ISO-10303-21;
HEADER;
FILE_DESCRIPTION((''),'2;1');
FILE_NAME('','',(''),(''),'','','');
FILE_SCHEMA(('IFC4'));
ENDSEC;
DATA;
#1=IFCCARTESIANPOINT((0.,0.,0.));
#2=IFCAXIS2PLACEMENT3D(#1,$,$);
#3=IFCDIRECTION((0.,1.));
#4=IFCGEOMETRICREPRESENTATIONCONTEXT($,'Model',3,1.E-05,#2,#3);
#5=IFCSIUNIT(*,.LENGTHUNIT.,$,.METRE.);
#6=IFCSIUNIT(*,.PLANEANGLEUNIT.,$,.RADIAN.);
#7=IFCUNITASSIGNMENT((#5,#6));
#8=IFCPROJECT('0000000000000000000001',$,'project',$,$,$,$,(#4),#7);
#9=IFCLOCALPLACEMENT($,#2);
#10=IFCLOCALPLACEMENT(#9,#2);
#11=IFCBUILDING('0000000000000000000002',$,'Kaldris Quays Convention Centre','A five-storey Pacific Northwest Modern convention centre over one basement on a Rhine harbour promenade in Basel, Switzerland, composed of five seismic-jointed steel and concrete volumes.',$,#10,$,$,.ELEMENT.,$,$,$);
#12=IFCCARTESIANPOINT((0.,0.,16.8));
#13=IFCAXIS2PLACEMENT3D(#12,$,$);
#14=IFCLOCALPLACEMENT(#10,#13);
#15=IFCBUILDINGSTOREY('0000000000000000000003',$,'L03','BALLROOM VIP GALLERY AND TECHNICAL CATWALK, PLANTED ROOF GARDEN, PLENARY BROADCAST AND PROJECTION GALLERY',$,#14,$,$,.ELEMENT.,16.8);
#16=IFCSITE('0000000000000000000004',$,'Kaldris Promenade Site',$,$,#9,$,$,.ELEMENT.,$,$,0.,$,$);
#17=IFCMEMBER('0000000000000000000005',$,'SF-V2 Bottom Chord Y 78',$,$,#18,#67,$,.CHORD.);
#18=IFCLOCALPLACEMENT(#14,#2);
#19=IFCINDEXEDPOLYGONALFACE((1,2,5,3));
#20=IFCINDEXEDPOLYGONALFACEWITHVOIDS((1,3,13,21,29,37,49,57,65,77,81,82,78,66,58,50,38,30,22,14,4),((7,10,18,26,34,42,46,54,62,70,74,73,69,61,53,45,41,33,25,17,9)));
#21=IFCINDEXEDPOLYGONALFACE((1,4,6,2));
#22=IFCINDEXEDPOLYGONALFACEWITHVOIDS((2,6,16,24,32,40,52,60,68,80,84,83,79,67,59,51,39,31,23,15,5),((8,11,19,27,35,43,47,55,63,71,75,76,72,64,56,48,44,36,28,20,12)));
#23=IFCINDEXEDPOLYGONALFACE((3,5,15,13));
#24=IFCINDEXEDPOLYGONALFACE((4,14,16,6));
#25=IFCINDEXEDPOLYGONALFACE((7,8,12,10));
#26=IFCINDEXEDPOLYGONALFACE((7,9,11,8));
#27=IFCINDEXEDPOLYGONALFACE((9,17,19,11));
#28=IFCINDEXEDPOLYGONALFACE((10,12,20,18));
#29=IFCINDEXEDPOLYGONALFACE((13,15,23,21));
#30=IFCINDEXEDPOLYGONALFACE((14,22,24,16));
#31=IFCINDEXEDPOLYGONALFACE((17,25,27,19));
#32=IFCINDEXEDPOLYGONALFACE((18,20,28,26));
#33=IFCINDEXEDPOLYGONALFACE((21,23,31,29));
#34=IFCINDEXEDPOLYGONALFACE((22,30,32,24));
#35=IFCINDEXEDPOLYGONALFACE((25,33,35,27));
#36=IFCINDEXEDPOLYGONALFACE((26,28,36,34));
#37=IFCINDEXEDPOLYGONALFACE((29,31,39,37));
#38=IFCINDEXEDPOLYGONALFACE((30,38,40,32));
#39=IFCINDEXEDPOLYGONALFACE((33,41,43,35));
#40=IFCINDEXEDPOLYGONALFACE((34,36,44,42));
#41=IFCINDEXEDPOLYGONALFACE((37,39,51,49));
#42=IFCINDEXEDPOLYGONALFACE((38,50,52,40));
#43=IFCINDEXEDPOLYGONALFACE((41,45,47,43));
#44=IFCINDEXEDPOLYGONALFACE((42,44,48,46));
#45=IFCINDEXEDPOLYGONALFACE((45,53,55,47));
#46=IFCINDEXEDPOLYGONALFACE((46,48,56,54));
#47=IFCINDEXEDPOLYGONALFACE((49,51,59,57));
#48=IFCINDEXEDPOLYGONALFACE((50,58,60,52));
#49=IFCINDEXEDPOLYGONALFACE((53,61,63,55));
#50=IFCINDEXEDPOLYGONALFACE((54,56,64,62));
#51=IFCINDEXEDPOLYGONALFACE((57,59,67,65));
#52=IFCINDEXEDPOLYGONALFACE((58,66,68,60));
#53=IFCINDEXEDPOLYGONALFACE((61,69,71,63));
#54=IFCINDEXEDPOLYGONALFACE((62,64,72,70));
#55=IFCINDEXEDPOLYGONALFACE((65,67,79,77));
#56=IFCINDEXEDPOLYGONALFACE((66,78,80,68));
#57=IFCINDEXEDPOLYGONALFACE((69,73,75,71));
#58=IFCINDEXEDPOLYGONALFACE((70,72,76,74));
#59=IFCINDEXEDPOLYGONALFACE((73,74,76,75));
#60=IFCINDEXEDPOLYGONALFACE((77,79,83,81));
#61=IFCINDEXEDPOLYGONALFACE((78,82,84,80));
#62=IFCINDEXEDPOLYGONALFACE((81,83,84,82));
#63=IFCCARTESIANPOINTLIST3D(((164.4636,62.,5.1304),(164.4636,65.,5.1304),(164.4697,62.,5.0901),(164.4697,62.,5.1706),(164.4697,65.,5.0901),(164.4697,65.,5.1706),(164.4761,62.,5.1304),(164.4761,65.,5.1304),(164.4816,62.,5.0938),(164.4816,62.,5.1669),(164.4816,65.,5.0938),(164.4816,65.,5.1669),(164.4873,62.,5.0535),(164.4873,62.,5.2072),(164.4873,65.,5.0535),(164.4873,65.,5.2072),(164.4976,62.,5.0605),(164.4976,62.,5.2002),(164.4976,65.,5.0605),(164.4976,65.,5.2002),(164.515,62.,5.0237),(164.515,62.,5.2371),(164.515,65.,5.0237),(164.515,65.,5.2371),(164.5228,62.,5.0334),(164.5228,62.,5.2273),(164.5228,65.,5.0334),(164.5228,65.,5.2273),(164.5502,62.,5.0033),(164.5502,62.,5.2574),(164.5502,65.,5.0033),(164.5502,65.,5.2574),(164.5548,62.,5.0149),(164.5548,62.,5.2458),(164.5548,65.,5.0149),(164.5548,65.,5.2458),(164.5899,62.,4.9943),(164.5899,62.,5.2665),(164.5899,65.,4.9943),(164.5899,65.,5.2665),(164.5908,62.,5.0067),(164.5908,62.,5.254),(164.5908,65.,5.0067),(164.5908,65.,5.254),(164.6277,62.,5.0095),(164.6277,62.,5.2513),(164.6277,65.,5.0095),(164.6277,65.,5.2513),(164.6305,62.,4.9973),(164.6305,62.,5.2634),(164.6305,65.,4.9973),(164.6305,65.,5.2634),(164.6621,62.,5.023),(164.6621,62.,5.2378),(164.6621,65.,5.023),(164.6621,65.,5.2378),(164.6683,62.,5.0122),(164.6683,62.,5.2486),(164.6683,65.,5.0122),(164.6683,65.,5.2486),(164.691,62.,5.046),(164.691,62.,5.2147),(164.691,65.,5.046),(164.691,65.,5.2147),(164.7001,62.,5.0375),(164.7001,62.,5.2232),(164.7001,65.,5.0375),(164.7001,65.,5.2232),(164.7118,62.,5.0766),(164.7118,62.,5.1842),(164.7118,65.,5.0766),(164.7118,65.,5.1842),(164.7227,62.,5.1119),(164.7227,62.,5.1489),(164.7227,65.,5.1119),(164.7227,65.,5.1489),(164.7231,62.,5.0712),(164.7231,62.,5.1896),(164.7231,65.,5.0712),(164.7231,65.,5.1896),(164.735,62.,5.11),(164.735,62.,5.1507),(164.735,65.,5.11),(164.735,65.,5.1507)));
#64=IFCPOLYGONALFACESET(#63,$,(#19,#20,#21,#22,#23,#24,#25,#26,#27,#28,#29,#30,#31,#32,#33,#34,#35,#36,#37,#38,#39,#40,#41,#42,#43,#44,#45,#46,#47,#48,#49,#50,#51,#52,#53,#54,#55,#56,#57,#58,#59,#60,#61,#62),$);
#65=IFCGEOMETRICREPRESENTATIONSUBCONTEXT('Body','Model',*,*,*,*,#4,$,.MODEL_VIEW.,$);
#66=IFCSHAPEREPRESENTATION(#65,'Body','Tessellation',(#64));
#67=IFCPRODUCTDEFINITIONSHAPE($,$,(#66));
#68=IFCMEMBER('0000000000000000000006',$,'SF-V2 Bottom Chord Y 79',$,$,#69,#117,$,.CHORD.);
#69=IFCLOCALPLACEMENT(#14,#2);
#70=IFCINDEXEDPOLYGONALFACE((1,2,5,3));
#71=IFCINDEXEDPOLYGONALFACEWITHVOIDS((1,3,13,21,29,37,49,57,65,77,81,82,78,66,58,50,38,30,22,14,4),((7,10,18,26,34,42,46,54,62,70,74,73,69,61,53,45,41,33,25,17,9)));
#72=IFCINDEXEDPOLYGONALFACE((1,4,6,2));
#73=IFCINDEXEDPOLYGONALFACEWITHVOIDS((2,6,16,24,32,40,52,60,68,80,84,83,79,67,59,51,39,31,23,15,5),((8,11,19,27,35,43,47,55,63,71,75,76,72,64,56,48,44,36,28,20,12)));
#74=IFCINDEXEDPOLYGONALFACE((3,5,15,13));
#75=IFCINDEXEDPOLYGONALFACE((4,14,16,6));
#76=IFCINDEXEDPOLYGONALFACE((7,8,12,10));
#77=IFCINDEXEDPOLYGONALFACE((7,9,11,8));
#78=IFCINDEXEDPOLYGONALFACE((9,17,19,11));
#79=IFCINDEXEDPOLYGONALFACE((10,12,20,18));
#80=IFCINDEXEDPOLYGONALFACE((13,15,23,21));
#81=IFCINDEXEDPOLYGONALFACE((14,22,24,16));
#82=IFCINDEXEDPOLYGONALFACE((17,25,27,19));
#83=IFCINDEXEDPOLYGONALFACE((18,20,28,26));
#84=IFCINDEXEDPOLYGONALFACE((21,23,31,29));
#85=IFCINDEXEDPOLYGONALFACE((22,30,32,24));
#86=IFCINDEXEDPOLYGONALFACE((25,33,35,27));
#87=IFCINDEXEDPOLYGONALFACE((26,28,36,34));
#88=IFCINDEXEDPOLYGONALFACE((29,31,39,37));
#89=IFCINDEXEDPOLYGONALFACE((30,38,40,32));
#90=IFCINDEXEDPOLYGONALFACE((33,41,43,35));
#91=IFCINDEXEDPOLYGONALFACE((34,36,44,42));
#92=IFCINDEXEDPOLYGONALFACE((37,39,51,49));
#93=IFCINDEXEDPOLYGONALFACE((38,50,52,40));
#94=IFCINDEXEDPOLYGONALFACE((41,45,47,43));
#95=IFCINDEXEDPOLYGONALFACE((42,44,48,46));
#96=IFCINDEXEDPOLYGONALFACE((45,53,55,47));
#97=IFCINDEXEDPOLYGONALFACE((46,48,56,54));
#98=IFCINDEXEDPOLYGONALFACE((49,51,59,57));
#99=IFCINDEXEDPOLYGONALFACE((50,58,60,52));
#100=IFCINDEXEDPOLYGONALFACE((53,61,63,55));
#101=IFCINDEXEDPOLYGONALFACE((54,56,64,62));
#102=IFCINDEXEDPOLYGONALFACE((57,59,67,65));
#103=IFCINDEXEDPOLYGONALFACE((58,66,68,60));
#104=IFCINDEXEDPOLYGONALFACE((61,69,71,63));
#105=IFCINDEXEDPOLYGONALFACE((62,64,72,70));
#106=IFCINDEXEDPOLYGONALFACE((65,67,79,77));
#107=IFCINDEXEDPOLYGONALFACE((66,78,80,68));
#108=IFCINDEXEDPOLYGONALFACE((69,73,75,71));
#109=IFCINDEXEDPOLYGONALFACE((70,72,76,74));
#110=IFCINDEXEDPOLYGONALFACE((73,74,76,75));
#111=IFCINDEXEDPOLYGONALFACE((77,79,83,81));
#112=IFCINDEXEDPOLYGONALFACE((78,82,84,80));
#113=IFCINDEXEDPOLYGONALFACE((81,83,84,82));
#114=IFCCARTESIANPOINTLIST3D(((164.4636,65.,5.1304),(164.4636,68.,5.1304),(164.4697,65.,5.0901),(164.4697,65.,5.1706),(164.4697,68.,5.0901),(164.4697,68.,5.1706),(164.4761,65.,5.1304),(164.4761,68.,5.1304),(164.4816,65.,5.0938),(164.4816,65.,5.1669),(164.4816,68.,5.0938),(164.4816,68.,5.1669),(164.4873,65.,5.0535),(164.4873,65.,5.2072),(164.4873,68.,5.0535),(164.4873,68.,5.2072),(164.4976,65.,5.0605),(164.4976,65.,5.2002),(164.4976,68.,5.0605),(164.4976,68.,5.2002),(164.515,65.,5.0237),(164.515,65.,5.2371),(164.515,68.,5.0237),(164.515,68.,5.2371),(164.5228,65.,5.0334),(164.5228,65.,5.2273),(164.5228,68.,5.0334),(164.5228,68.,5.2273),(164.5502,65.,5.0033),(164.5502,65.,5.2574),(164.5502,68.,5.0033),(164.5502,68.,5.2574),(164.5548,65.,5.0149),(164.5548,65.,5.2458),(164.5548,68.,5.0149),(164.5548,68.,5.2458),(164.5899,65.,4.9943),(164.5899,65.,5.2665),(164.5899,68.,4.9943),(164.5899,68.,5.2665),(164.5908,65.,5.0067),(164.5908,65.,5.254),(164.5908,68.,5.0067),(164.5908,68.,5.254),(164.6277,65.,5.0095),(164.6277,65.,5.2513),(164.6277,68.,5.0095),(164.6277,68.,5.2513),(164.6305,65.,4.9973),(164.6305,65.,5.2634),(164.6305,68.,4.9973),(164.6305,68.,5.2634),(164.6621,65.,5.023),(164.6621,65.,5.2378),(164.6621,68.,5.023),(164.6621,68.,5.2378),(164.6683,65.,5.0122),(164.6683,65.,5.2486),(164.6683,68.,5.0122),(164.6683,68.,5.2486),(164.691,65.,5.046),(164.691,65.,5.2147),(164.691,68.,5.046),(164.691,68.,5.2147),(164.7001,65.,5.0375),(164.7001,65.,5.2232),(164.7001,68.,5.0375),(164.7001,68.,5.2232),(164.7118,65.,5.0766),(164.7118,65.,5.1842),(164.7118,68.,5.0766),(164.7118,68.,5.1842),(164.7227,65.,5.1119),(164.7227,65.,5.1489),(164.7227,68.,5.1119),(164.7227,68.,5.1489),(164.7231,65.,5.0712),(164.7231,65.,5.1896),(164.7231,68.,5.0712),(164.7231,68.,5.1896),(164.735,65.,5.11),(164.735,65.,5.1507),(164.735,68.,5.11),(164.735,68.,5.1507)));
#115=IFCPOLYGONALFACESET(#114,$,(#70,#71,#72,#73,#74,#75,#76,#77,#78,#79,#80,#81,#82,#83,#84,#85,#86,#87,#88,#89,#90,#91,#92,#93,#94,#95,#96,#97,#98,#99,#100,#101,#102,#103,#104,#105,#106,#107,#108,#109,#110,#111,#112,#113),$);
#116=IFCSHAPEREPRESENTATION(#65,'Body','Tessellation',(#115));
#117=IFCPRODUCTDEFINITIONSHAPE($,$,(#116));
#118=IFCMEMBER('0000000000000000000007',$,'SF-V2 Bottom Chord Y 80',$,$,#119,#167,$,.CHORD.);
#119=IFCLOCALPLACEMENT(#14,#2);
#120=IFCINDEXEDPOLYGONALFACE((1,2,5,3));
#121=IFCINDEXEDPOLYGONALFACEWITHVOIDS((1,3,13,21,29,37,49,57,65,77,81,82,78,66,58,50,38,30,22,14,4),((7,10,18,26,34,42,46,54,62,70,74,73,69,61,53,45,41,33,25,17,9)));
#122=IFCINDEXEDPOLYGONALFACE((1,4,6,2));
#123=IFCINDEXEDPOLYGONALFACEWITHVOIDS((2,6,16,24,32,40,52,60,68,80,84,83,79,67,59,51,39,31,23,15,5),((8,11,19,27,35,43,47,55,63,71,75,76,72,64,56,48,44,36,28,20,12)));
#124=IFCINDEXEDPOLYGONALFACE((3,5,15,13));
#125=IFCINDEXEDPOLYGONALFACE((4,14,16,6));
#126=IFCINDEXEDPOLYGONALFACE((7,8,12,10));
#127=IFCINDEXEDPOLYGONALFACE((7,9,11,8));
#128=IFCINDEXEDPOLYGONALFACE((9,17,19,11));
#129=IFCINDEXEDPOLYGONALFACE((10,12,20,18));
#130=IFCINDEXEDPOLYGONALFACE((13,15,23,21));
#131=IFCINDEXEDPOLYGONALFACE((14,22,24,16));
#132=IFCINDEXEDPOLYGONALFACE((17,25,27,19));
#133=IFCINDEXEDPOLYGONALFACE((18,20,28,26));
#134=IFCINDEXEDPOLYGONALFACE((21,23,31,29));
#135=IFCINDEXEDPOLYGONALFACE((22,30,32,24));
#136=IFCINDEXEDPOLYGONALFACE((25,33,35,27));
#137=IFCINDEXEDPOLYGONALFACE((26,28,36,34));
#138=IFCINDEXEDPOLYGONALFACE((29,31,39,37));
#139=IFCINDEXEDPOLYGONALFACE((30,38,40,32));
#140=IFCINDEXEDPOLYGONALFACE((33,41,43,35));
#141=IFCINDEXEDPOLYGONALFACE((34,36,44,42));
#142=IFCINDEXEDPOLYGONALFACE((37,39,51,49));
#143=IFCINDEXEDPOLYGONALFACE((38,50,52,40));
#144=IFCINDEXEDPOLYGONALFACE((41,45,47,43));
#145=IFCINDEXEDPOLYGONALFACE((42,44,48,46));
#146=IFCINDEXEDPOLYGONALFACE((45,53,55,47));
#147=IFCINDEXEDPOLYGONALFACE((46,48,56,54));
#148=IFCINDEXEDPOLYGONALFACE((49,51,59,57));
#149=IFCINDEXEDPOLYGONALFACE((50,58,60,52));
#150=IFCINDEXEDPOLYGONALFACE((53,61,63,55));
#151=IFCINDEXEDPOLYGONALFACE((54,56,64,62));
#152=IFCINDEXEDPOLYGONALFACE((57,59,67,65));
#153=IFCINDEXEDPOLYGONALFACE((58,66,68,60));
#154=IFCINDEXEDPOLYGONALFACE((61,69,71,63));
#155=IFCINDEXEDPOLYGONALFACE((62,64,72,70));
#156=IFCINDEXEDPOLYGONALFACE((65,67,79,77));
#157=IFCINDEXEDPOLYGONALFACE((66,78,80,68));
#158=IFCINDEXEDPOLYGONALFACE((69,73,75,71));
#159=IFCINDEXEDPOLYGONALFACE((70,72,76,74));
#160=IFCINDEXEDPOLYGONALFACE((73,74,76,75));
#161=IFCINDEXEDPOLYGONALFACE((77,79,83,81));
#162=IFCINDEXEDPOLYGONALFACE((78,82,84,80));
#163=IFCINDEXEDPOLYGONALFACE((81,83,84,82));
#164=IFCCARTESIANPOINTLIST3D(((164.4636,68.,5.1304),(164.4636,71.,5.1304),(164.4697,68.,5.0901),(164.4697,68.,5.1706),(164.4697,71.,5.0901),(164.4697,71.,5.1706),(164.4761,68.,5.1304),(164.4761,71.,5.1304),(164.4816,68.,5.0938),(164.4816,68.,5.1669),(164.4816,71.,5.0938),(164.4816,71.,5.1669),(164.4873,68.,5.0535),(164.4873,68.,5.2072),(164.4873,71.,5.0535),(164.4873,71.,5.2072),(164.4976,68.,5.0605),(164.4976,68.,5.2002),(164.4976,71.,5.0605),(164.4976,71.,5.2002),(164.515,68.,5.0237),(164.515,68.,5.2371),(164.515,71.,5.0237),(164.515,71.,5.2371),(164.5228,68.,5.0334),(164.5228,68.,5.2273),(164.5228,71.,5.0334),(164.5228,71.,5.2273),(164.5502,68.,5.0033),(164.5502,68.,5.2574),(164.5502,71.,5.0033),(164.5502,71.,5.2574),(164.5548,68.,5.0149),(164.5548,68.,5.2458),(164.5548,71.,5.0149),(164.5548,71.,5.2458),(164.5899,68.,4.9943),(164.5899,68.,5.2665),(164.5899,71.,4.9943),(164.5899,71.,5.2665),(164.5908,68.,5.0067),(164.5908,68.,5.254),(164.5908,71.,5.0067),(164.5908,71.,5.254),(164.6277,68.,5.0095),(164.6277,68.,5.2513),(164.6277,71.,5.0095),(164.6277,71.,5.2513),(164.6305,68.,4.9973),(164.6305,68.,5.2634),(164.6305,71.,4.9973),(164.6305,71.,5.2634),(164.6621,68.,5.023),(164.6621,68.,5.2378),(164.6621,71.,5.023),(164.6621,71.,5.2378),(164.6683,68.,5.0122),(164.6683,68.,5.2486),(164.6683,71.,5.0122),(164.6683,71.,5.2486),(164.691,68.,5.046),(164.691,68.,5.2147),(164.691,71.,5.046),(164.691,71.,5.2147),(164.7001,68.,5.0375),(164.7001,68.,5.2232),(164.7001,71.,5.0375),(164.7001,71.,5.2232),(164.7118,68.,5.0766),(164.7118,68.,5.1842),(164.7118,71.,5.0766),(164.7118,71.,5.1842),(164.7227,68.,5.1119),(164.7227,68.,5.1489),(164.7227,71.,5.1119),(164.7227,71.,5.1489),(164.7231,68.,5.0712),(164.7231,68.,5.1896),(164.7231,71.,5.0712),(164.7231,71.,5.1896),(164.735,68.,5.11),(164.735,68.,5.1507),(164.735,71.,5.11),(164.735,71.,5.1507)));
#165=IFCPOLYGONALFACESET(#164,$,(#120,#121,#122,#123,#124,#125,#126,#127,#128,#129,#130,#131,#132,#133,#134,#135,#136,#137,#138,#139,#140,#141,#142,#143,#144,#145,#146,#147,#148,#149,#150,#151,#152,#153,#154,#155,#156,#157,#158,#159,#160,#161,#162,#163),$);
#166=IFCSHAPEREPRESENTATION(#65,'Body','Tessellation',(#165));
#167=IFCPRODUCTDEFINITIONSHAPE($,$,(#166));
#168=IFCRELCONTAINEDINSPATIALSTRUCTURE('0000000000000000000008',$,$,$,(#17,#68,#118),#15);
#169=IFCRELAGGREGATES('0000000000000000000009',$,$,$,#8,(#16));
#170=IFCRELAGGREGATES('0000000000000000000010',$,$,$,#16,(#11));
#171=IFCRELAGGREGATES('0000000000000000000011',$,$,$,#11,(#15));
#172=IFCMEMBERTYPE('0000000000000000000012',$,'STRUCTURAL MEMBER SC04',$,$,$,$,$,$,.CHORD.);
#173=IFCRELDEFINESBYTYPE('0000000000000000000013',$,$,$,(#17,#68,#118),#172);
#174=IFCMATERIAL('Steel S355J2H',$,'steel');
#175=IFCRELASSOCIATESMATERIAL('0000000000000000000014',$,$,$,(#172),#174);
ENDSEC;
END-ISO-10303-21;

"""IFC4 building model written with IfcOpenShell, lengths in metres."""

from ifc_helpers import new_model, si_unit, direction, frame, origin, origin_2d, place, context, subcontext, project, spatial, hollow_circle, extrude, material, material_profile, profile_set, type_object, element, save


model = new_model("IFC4")

# Units and contexts
model_context = context("Model", 3, precision=1e-05, world=origin(), true_north=direction((0.0, 1.0)))
body_context = subcontext(model_context, "Body", "Model", "MODEL_VIEW")
ifc_project = project(units=[si_unit("LENGTHUNIT", "METRE"), si_unit("PLANEANGLEUNIT", "RADIAN")], contexts=[model_context])

# Site, building, storey
site_placement = place(None, origin())
site = spatial("IfcSite", under=ifc_project, at=site_placement, Name="Kaldris Promenade Site", CompositionType="ELEMENT", RefElevation=0.0)
building_placement = place(site_placement, origin())
building = spatial("IfcBuilding", under=site, at=building_placement, Name="Kaldris Quays Convention Centre", Description="A five-storey Pacific Northwest Modern convention centre over one basement on a Rhine harbour promenade in Basel, Switzerland, composed of five seismic-jointed steel and concrete volumes.", CompositionType="ELEMENT")
storey_placement = place(building_placement, frame((0.0, 0.0, 16.8)))
storey = spatial("IfcBuildingStorey", under=building, at=storey_placement, Name="L03", Description="BALLROOM VIP GALLERY AND TECHNICAL CATWALK, PLANTED ROOF GARDEN, PLENARY BROADCAST AND PROJECTION GALLERY", CompositionType="ELEMENT", Elevation=16.8)

# Members
ifc_material_1 = material(Name="Steel S355J2H", Category="steel")
ifc_material_profile_1 = material_profile(ifc_material_1, hollow_circle(Radius=0.1365, WallThickness=0.0125, at=origin_2d()), Name="CHS 273x12.5")
ifc_profile_set_1 = profile_set([ifc_material_profile_1], Name="Steel S355J2H")
member_type_1 = type_object("IfcMemberType", Name="STRUCTURAL MEMBER SC04", PredefinedType="CHORD", material=ifc_profile_set_1)
for number, where, z_axis, x_axis, name in (
    (1, (164.6001, 62.0, 5.1304), (0.0, 1.0, 0.0), (-1.0, 0.0, 0.0), "SF-V2 Bottom Chord Y 78"),
    (2, (164.6001, 65.0, 5.1304), (0.0, 1.0, 0.0), (-1.0, 0.0, 0.0), "SF-V2 Bottom Chord Y 79"),
    (3, (164.6001, 68.0, 5.1304), (0.0, 1.0, 0.0), (-1.0, 0.0, 0.0), "SF-V2 Bottom Chord Y 80"),
):
    element("IfcMember", number, at=place(storey_placement, frame(where, z_axis=z_axis, x_axis=x_axis)), inside=storey, type_object=member_type_1, Name=name, PredefinedType="CHORD", context=body_context, shape_type="SweptSolid", body=[
        extrude(hollow_circle(Radius=0.1365, WallThickness=0.0125, at=origin_2d()), origin(), (0.0, 0.0, 1.0), 3.0),
    ])

save(model, "model.ifc")
